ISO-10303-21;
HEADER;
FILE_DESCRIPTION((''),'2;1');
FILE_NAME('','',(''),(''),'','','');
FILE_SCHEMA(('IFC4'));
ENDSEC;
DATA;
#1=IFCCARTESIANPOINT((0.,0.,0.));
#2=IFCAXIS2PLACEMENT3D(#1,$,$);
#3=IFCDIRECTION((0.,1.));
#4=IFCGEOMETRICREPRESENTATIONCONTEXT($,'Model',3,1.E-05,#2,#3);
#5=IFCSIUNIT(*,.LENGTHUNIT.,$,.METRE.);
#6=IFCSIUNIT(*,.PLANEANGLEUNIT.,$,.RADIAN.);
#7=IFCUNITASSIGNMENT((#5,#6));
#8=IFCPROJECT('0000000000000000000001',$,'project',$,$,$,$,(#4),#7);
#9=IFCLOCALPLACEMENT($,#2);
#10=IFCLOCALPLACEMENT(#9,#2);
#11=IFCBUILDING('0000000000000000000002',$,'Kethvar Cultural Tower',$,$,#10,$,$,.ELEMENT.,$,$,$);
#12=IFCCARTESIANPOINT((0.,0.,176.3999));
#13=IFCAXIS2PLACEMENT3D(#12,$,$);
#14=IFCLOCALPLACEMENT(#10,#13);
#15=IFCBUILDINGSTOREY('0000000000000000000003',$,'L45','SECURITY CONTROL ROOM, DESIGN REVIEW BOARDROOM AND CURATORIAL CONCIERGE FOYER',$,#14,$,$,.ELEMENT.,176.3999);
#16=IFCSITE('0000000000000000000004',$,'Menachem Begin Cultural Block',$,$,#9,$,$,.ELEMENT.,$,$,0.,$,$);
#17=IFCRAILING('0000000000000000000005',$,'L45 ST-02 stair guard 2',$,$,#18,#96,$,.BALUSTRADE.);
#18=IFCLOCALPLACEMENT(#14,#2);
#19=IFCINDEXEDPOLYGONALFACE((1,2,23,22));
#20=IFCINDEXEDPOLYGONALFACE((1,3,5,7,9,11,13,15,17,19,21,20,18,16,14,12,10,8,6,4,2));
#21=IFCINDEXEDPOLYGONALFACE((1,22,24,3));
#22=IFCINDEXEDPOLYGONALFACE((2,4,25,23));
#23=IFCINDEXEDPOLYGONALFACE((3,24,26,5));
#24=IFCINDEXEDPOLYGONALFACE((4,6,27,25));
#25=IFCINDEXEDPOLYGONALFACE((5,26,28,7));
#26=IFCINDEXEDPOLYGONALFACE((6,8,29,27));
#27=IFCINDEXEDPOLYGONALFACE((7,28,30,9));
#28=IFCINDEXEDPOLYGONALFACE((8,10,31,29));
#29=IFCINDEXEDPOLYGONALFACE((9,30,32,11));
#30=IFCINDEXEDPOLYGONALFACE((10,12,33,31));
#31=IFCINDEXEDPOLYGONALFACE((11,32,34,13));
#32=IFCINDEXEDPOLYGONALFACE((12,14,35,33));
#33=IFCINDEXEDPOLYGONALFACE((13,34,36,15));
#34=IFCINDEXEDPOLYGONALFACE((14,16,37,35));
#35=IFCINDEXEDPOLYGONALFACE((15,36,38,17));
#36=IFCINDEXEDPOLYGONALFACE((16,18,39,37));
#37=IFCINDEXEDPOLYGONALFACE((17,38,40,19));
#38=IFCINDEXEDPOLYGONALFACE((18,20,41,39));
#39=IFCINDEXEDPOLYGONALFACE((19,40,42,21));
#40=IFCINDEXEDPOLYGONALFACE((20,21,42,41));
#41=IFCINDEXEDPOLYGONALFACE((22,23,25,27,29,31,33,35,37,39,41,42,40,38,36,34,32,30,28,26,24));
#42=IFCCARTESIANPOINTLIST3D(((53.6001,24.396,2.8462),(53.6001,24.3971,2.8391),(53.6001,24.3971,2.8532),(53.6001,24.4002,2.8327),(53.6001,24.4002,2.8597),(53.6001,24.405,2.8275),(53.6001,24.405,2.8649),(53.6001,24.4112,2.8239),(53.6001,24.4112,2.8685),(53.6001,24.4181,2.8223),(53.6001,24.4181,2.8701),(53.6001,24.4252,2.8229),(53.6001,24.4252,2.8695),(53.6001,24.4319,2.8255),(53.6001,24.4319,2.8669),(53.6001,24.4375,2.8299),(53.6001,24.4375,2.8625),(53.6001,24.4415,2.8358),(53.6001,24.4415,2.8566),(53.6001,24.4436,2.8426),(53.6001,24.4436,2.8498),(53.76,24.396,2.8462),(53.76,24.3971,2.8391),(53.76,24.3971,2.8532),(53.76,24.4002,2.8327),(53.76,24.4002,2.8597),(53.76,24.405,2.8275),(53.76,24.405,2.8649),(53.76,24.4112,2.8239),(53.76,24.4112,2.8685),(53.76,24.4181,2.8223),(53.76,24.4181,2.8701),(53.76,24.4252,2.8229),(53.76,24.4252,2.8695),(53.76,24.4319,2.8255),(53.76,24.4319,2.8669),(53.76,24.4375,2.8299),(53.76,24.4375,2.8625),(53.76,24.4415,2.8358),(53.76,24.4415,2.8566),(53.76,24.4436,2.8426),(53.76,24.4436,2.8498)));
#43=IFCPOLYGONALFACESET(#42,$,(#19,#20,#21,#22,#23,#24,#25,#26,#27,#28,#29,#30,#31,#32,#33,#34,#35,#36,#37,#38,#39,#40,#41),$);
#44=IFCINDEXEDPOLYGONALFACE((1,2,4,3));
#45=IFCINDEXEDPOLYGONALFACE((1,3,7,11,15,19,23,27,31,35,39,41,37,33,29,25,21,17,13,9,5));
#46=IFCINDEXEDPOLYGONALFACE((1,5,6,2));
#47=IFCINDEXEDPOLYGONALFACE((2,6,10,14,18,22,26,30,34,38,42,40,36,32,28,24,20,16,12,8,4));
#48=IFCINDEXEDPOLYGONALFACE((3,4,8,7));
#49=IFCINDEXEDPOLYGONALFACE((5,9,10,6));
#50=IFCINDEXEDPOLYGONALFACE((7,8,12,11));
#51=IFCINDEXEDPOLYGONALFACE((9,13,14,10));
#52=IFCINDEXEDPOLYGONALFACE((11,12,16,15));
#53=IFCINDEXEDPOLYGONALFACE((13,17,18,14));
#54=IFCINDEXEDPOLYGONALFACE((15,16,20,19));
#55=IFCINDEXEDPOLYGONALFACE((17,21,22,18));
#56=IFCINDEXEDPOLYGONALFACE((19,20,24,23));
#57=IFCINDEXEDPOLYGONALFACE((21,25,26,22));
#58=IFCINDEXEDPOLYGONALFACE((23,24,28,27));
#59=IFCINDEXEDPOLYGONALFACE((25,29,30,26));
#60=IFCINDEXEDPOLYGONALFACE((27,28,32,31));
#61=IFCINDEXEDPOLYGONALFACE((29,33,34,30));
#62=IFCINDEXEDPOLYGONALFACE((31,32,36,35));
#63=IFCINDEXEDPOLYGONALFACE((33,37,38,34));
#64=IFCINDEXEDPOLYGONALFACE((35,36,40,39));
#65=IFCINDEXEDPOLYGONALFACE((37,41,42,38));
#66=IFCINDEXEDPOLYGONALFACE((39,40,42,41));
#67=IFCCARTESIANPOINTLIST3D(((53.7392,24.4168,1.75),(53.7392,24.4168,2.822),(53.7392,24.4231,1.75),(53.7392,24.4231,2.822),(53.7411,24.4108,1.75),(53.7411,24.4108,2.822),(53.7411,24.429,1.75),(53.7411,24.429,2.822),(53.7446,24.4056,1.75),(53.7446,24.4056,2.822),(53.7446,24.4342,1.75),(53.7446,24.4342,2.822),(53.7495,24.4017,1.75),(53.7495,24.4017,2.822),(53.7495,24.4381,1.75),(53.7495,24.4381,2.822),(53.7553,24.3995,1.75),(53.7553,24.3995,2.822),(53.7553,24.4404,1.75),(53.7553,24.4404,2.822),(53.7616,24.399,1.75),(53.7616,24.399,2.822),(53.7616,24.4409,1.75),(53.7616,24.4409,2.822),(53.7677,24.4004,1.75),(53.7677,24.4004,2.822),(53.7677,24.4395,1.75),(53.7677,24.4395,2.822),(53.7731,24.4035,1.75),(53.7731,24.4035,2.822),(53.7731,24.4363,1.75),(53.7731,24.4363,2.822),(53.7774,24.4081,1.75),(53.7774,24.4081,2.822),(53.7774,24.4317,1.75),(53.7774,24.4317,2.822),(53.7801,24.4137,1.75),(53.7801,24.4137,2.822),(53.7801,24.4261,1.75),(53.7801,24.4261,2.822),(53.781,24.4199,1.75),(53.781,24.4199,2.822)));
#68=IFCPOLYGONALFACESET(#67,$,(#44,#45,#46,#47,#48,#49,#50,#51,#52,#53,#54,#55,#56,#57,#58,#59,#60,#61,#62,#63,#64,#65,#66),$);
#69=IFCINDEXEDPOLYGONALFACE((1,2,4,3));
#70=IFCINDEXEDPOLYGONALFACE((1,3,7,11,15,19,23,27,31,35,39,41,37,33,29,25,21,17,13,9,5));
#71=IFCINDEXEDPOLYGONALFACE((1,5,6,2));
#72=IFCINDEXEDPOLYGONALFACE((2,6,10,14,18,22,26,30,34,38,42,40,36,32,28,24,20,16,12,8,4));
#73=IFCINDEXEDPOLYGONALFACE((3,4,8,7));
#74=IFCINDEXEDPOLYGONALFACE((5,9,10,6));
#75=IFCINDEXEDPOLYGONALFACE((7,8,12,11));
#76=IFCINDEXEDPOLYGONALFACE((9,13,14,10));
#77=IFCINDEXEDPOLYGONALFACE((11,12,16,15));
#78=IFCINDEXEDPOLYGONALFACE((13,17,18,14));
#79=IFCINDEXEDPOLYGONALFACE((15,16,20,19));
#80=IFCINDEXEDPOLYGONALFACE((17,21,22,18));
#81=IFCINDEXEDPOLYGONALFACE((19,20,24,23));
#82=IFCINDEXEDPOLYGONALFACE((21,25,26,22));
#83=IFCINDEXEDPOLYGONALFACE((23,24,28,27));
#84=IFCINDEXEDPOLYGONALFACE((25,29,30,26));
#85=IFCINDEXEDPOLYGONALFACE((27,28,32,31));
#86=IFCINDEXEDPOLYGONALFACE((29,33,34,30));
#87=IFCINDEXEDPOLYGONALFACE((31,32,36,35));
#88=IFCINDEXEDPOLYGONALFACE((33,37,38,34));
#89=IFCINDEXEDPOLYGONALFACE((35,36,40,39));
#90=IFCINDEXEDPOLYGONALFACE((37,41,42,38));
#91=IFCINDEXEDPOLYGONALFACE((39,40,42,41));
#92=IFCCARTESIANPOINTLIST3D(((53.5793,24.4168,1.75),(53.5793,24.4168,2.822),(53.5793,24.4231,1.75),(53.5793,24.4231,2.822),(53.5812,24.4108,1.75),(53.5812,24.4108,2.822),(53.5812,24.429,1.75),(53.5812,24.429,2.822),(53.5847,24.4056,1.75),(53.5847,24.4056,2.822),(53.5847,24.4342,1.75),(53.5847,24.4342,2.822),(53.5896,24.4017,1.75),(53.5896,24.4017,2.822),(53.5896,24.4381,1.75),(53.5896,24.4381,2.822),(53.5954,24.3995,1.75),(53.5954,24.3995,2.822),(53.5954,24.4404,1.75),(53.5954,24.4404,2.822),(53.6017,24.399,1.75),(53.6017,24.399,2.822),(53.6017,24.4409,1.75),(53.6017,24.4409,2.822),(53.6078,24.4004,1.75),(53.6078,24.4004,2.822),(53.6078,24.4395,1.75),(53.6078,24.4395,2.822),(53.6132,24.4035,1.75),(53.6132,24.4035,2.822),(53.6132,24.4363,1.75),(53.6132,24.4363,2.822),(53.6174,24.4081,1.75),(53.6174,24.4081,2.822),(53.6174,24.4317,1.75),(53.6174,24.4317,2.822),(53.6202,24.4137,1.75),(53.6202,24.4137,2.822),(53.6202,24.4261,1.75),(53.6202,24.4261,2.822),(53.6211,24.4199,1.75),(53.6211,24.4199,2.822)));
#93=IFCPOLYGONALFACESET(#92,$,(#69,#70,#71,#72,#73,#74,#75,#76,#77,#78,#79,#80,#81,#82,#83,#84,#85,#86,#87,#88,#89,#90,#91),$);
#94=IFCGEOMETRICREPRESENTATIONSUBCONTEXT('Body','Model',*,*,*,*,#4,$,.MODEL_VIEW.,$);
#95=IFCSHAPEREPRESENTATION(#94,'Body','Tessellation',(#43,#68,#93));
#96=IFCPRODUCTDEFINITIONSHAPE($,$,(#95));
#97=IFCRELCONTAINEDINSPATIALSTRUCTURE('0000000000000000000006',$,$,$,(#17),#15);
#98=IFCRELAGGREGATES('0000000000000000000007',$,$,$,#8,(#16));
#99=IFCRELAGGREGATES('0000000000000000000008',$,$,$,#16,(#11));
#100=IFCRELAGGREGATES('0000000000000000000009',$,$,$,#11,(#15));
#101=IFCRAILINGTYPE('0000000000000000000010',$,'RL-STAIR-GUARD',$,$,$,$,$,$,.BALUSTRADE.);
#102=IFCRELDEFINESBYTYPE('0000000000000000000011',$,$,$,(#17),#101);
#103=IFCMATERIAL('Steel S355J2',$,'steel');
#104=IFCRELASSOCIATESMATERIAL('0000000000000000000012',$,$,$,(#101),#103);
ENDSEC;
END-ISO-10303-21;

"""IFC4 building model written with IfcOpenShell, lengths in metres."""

from ifc_helpers import new_model, si_unit, direction, frame, origin, origin_2d, place, context, subcontext, project, spatial, circle, extrude, material, type_object, element, save


model = new_model("IFC4")

# Units and contexts
model_context = context("Model", 3, precision=1e-05, world=origin(), true_north=direction((0.0, 1.0)))
body_context = subcontext(model_context, "Body", "Model", "MODEL_VIEW")
ifc_project = project(units=[si_unit("LENGTHUNIT", "METRE"), si_unit("PLANEANGLEUNIT", "RADIAN")], contexts=[model_context])

# Site, building, storey
site_placement = place(None, origin())
site = spatial("IfcSite", under=ifc_project, at=site_placement, Name="Menachem Begin Cultural Block", CompositionType="ELEMENT", RefElevation=0.0)
building_placement = place(site_placement, origin())
building = spatial("IfcBuilding", under=site, at=building_placement, Name="Kethvar Cultural Tower", CompositionType="ELEMENT")
storey_placement = place(building_placement, frame((0.0, 0.0, 176.3999)))
storey = spatial("IfcBuildingStorey", under=building, at=storey_placement, Name="L45", Description="SECURITY CONTROL ROOM, DESIGN REVIEW BOARDROOM AND CURATORIAL CONCIERGE FOYER", CompositionType="ELEMENT", Elevation=176.3999)

# Shared definitions
ifc_material_1 = material(Name="Steel S355J2", Category="steel")

# Railing
railing_type_1 = type_object("IfcRailingType", Name="RL-STAIR-GUARD", PredefinedType="BALUSTRADE", material=ifc_material_1)
railing_1_placement = place(storey_placement, frame((53.76, 24.4199, 1.75)))
element("IfcRailing", 1, at=railing_1_placement, inside=storey, type_object=railing_type_1, Name="L45 ST-02 stair guard 2", PredefinedType="BALUSTRADE", context=body_context, shape_type="SweptSolid", body=[
    extrude(circle(Radius=0.0239, at=origin_2d()), frame((0.0, 0.0, 1.0962), z_axis=(-1.0, 0.0, 0.0), x_axis=(0.0, -1.0, 0.0)), (0.0, 0.0, 1.0), 0.1599),
    extrude(circle(Radius=0.021, at=origin_2d()), origin(), (0.0, 0.0, 1.0), 1.072),
    extrude(circle(Radius=0.021, at=origin_2d()), frame((-0.1599, 0.0, 0.0)), (0.0, 0.0, 1.0), 1.072),
])

save(model, "model.ifc")
